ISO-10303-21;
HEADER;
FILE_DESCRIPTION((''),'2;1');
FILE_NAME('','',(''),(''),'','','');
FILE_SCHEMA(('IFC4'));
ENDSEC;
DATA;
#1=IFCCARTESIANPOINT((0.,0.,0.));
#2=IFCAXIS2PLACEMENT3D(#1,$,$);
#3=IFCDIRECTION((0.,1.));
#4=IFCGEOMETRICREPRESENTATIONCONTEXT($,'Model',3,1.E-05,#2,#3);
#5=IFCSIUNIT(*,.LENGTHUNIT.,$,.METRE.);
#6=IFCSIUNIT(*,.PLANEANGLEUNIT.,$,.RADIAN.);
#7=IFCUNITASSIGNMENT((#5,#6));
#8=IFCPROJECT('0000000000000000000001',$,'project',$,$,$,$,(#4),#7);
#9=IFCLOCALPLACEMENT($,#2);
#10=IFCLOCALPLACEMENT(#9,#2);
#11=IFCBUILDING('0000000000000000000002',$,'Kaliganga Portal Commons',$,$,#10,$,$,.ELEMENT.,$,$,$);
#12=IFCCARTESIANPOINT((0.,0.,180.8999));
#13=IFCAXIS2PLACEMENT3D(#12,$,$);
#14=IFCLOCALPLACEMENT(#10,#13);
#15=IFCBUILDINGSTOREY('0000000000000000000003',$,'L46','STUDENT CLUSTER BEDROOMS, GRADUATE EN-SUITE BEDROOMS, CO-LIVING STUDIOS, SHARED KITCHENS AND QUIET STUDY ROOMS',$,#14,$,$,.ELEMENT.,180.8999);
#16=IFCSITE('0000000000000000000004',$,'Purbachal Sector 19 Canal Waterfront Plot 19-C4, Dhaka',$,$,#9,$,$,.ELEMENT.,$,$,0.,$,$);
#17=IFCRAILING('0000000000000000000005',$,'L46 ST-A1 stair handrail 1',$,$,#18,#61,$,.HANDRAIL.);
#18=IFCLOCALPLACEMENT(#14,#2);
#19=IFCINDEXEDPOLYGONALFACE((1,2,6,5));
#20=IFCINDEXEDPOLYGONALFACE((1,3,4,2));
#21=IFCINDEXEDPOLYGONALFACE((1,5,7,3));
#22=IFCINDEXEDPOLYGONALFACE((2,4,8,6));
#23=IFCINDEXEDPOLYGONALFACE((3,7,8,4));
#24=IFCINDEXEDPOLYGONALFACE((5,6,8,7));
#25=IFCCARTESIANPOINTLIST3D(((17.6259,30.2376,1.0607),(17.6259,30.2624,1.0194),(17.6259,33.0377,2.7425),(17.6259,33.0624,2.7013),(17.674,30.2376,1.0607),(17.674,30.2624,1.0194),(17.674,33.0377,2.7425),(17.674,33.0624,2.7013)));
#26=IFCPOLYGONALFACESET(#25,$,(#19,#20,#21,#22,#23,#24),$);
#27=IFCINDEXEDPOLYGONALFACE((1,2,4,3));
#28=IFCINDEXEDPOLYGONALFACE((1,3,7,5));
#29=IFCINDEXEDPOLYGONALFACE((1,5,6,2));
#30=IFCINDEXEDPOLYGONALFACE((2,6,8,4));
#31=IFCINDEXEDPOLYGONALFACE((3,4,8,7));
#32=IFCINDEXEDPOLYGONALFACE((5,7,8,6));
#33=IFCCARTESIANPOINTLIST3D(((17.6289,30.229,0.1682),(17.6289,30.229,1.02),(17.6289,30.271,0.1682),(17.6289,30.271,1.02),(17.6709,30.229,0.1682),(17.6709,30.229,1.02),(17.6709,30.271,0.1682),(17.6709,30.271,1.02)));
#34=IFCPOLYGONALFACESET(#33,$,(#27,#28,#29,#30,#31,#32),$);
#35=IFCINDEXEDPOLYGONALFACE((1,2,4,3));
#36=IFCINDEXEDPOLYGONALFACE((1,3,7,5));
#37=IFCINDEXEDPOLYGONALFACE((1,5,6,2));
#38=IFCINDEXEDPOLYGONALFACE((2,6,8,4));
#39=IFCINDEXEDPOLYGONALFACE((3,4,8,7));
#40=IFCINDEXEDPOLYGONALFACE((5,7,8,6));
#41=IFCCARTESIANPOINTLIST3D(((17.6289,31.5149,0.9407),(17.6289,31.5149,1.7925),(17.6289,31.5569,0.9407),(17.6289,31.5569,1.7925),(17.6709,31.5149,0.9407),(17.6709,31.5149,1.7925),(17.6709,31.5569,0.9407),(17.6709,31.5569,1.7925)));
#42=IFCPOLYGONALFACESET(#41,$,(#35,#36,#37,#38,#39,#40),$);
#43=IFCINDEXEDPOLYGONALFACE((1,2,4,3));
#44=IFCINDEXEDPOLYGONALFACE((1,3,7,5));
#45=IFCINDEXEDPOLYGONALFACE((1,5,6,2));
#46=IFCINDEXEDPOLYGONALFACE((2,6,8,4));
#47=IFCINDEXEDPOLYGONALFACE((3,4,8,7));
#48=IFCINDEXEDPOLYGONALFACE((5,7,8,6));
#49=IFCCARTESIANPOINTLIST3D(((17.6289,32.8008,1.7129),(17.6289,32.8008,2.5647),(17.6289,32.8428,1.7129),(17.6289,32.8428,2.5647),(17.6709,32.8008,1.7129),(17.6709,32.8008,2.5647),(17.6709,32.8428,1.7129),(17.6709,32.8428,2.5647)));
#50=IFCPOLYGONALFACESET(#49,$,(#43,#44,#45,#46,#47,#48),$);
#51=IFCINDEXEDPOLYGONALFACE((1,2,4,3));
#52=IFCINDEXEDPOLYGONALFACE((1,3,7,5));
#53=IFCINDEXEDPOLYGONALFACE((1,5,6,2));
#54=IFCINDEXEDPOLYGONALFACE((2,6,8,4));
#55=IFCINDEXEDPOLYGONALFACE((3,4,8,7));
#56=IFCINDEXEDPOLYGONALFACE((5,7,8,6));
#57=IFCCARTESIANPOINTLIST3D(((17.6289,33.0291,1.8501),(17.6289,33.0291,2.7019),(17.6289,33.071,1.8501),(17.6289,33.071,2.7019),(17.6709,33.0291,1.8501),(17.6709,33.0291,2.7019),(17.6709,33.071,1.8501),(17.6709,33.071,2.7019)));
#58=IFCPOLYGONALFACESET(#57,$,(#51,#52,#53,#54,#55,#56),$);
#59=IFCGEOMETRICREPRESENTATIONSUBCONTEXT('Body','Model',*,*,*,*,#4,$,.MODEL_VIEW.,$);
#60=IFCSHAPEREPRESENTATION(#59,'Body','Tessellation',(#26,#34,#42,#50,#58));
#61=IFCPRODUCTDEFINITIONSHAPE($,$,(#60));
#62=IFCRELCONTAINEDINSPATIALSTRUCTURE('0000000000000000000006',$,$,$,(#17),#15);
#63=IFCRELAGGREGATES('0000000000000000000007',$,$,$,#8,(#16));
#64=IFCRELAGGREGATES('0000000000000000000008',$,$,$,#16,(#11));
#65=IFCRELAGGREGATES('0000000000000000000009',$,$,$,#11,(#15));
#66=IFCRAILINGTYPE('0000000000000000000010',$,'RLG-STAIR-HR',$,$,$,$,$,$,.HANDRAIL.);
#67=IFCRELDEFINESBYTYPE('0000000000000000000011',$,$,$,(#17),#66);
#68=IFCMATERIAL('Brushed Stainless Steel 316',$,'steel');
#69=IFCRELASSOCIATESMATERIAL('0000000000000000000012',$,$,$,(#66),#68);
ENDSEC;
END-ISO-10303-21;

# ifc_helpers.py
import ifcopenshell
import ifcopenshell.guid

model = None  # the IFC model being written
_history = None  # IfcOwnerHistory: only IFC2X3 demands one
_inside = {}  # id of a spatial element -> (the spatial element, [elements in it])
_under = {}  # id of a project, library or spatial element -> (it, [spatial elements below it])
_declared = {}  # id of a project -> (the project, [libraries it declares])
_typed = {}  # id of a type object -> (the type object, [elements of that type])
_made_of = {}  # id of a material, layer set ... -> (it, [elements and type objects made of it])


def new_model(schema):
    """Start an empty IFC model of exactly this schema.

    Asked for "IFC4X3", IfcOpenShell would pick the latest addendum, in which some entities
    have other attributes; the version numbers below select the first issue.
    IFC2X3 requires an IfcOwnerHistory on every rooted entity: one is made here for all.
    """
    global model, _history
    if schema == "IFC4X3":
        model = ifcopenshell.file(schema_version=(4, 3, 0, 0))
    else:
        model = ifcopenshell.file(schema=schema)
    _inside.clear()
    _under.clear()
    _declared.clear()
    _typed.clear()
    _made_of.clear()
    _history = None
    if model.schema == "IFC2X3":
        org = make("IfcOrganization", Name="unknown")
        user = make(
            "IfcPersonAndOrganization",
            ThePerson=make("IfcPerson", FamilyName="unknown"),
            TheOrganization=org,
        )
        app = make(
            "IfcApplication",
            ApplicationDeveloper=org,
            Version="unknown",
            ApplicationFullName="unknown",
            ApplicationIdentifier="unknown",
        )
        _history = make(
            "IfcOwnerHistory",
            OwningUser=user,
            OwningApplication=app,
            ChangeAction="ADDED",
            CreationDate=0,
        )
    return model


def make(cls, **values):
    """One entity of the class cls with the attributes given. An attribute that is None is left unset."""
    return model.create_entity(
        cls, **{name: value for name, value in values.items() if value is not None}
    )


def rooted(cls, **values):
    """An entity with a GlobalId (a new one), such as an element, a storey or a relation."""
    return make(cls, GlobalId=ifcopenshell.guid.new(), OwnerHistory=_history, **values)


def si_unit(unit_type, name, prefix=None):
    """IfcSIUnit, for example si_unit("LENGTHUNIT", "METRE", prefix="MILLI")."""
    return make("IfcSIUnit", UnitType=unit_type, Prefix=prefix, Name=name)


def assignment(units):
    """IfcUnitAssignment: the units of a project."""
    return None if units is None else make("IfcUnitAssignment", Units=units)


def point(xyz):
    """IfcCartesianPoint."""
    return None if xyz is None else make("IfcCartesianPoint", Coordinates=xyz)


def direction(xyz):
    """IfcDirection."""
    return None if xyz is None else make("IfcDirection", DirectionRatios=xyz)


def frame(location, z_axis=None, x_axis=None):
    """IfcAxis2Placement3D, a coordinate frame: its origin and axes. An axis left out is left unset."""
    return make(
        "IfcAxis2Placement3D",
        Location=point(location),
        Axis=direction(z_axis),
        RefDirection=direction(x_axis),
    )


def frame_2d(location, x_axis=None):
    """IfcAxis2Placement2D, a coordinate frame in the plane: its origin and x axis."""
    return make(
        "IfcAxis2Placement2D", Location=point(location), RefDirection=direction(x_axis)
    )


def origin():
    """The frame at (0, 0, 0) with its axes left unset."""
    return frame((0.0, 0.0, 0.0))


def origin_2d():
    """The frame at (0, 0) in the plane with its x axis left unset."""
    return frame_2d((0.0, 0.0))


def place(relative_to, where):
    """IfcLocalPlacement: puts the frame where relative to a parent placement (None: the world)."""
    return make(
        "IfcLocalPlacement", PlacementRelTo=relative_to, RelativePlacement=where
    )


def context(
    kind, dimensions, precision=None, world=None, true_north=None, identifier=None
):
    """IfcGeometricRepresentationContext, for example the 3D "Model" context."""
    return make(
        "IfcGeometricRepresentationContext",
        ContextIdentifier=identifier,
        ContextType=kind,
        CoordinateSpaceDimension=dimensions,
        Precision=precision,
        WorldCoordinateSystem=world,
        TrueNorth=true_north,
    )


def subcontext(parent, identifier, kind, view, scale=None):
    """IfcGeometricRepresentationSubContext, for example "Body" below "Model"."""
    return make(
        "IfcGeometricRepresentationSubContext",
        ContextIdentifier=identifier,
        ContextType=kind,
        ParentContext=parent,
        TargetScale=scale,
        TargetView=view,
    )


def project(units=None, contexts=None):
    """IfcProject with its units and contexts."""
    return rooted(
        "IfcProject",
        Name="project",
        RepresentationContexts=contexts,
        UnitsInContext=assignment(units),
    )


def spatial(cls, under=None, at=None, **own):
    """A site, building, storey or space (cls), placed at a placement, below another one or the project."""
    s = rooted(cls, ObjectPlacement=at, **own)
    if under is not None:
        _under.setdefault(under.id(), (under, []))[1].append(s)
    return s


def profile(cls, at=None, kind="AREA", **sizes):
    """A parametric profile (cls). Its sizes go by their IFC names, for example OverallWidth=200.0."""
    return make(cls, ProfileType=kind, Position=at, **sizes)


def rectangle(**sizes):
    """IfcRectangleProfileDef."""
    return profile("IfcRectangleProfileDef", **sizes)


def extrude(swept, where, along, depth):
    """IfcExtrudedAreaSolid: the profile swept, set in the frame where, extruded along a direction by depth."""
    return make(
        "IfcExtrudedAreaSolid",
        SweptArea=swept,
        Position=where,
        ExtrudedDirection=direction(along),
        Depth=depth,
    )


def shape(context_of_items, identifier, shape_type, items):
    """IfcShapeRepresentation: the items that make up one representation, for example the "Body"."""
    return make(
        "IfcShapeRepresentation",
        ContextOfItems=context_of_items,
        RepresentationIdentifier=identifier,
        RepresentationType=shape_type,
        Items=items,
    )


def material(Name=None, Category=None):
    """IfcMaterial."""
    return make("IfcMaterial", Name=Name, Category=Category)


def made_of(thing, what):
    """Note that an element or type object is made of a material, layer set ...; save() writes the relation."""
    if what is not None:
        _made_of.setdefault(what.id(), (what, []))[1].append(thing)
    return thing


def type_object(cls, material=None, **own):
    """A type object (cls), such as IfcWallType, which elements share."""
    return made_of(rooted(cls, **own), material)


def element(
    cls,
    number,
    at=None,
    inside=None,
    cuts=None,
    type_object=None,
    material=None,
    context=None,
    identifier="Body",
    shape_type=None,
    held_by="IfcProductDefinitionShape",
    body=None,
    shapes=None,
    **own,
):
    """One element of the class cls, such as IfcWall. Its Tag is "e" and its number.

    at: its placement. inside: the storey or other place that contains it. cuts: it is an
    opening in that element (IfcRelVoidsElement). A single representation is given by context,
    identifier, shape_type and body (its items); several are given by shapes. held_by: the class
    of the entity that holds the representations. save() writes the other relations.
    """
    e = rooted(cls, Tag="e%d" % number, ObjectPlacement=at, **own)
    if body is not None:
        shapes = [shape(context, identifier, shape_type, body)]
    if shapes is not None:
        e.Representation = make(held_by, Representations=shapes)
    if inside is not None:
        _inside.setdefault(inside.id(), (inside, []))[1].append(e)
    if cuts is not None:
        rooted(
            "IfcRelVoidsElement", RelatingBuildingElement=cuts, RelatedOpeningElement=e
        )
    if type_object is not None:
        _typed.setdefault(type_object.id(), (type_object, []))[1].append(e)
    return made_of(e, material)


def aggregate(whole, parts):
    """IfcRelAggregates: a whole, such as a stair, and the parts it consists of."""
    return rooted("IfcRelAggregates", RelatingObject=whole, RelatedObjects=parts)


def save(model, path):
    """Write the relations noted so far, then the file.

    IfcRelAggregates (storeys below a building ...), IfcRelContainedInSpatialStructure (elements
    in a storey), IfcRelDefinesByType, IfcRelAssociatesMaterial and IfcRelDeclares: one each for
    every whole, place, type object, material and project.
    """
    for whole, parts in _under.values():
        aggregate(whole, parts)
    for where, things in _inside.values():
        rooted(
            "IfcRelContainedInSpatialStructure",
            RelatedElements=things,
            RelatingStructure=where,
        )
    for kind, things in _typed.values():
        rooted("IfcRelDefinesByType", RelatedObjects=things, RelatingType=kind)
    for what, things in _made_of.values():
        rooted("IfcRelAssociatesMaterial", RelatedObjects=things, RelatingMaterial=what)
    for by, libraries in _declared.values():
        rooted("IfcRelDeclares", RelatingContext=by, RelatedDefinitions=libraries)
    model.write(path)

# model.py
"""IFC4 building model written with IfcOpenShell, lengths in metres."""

from ifc_helpers import new_model, si_unit, direction, frame, origin, origin_2d, place, context, subcontext, project, spatial, rectangle, extrude, material, type_object, element, save


model = new_model("IFC4")

# Units and contexts
model_context = context("Model", 3, precision=1e-05, world=origin(), true_north=direction((0.0, 1.0)))
body_context = subcontext(model_context, "Body", "Model", "MODEL_VIEW")
ifc_project = project(units=[si_unit("LENGTHUNIT", "METRE"), si_unit("PLANEANGLEUNIT", "RADIAN")], contexts=[model_context])

# Site, building, storey
site_placement = place(None, origin())
site = spatial("IfcSite", under=ifc_project, at=site_placement, Name="Purbachal Sector 19 Canal Waterfront Plot 19-C4, Dhaka", CompositionType="ELEMENT", RefElevation=0.0)
building_placement = place(site_placement, origin())
building = spatial("IfcBuilding", under=site, at=building_placement, Name="Kaliganga Portal Commons", CompositionType="ELEMENT")
storey_placement = place(building_placement, frame((0.0, 0.0, 180.8999)))
storey = spatial("IfcBuildingStorey", under=building, at=storey_placement, Name="L46", Description="STUDENT CLUSTER BEDROOMS, GRADUATE EN-SUITE BEDROOMS, CO-LIVING STUDIOS, SHARED KITCHENS AND QUIET STUDY ROOMS", CompositionType="ELEMENT", Elevation=180.8999)

# Railing
ifc_material_1 = material(Name="Brushed Stainless Steel 316", Category="steel")
railing_type_1 = type_object("IfcRailingType", Name="RLG-STAIR-HR", PredefinedType="HANDRAIL", material=ifc_material_1)
railing_1_placement = place(storey_placement, frame((17.6499, 30.25, 0.1682)))
element("IfcRailing", 1, at=railing_1_placement, inside=storey, type_object=railing_type_1, Name="L46 ST-A1 stair handrail 1", PredefinedType="HANDRAIL", context=body_context, shape_type="SweptSolid", body=[
    extrude(rectangle(XDim=0.0481, YDim=0.0481, at=origin_2d()), frame((0.0, 0.0, 0.8718), z_axis=(0.0, 0.857242, 0.514913), x_axis=(-1.0, 0.0, 0.0)), (0.0, 0.0, 1.0), 3.2664),
    extrude(rectangle(XDim=0.042, YDim=0.042, at=origin_2d()), origin(), (0.0, 0.0, 1.0), 0.8518),
    extrude(rectangle(XDim=0.042, YDim=0.042, at=origin_2d()), frame((0.0, 1.2859, 0.7725)), (0.0, 0.0, 1.0), 0.8518),
    extrude(rectangle(XDim=0.042, YDim=0.042, at=origin_2d()), frame((0.0, 2.5718, 1.5447)), (0.0, 0.0, 1.0), 0.8518),
    extrude(rectangle(XDim=0.042, YDim=0.042, at=origin_2d()), frame((0.0, 2.8, 1.6819)), (0.0, 0.0, 1.0), 0.8518),
])

save(model, "model.ifc")
